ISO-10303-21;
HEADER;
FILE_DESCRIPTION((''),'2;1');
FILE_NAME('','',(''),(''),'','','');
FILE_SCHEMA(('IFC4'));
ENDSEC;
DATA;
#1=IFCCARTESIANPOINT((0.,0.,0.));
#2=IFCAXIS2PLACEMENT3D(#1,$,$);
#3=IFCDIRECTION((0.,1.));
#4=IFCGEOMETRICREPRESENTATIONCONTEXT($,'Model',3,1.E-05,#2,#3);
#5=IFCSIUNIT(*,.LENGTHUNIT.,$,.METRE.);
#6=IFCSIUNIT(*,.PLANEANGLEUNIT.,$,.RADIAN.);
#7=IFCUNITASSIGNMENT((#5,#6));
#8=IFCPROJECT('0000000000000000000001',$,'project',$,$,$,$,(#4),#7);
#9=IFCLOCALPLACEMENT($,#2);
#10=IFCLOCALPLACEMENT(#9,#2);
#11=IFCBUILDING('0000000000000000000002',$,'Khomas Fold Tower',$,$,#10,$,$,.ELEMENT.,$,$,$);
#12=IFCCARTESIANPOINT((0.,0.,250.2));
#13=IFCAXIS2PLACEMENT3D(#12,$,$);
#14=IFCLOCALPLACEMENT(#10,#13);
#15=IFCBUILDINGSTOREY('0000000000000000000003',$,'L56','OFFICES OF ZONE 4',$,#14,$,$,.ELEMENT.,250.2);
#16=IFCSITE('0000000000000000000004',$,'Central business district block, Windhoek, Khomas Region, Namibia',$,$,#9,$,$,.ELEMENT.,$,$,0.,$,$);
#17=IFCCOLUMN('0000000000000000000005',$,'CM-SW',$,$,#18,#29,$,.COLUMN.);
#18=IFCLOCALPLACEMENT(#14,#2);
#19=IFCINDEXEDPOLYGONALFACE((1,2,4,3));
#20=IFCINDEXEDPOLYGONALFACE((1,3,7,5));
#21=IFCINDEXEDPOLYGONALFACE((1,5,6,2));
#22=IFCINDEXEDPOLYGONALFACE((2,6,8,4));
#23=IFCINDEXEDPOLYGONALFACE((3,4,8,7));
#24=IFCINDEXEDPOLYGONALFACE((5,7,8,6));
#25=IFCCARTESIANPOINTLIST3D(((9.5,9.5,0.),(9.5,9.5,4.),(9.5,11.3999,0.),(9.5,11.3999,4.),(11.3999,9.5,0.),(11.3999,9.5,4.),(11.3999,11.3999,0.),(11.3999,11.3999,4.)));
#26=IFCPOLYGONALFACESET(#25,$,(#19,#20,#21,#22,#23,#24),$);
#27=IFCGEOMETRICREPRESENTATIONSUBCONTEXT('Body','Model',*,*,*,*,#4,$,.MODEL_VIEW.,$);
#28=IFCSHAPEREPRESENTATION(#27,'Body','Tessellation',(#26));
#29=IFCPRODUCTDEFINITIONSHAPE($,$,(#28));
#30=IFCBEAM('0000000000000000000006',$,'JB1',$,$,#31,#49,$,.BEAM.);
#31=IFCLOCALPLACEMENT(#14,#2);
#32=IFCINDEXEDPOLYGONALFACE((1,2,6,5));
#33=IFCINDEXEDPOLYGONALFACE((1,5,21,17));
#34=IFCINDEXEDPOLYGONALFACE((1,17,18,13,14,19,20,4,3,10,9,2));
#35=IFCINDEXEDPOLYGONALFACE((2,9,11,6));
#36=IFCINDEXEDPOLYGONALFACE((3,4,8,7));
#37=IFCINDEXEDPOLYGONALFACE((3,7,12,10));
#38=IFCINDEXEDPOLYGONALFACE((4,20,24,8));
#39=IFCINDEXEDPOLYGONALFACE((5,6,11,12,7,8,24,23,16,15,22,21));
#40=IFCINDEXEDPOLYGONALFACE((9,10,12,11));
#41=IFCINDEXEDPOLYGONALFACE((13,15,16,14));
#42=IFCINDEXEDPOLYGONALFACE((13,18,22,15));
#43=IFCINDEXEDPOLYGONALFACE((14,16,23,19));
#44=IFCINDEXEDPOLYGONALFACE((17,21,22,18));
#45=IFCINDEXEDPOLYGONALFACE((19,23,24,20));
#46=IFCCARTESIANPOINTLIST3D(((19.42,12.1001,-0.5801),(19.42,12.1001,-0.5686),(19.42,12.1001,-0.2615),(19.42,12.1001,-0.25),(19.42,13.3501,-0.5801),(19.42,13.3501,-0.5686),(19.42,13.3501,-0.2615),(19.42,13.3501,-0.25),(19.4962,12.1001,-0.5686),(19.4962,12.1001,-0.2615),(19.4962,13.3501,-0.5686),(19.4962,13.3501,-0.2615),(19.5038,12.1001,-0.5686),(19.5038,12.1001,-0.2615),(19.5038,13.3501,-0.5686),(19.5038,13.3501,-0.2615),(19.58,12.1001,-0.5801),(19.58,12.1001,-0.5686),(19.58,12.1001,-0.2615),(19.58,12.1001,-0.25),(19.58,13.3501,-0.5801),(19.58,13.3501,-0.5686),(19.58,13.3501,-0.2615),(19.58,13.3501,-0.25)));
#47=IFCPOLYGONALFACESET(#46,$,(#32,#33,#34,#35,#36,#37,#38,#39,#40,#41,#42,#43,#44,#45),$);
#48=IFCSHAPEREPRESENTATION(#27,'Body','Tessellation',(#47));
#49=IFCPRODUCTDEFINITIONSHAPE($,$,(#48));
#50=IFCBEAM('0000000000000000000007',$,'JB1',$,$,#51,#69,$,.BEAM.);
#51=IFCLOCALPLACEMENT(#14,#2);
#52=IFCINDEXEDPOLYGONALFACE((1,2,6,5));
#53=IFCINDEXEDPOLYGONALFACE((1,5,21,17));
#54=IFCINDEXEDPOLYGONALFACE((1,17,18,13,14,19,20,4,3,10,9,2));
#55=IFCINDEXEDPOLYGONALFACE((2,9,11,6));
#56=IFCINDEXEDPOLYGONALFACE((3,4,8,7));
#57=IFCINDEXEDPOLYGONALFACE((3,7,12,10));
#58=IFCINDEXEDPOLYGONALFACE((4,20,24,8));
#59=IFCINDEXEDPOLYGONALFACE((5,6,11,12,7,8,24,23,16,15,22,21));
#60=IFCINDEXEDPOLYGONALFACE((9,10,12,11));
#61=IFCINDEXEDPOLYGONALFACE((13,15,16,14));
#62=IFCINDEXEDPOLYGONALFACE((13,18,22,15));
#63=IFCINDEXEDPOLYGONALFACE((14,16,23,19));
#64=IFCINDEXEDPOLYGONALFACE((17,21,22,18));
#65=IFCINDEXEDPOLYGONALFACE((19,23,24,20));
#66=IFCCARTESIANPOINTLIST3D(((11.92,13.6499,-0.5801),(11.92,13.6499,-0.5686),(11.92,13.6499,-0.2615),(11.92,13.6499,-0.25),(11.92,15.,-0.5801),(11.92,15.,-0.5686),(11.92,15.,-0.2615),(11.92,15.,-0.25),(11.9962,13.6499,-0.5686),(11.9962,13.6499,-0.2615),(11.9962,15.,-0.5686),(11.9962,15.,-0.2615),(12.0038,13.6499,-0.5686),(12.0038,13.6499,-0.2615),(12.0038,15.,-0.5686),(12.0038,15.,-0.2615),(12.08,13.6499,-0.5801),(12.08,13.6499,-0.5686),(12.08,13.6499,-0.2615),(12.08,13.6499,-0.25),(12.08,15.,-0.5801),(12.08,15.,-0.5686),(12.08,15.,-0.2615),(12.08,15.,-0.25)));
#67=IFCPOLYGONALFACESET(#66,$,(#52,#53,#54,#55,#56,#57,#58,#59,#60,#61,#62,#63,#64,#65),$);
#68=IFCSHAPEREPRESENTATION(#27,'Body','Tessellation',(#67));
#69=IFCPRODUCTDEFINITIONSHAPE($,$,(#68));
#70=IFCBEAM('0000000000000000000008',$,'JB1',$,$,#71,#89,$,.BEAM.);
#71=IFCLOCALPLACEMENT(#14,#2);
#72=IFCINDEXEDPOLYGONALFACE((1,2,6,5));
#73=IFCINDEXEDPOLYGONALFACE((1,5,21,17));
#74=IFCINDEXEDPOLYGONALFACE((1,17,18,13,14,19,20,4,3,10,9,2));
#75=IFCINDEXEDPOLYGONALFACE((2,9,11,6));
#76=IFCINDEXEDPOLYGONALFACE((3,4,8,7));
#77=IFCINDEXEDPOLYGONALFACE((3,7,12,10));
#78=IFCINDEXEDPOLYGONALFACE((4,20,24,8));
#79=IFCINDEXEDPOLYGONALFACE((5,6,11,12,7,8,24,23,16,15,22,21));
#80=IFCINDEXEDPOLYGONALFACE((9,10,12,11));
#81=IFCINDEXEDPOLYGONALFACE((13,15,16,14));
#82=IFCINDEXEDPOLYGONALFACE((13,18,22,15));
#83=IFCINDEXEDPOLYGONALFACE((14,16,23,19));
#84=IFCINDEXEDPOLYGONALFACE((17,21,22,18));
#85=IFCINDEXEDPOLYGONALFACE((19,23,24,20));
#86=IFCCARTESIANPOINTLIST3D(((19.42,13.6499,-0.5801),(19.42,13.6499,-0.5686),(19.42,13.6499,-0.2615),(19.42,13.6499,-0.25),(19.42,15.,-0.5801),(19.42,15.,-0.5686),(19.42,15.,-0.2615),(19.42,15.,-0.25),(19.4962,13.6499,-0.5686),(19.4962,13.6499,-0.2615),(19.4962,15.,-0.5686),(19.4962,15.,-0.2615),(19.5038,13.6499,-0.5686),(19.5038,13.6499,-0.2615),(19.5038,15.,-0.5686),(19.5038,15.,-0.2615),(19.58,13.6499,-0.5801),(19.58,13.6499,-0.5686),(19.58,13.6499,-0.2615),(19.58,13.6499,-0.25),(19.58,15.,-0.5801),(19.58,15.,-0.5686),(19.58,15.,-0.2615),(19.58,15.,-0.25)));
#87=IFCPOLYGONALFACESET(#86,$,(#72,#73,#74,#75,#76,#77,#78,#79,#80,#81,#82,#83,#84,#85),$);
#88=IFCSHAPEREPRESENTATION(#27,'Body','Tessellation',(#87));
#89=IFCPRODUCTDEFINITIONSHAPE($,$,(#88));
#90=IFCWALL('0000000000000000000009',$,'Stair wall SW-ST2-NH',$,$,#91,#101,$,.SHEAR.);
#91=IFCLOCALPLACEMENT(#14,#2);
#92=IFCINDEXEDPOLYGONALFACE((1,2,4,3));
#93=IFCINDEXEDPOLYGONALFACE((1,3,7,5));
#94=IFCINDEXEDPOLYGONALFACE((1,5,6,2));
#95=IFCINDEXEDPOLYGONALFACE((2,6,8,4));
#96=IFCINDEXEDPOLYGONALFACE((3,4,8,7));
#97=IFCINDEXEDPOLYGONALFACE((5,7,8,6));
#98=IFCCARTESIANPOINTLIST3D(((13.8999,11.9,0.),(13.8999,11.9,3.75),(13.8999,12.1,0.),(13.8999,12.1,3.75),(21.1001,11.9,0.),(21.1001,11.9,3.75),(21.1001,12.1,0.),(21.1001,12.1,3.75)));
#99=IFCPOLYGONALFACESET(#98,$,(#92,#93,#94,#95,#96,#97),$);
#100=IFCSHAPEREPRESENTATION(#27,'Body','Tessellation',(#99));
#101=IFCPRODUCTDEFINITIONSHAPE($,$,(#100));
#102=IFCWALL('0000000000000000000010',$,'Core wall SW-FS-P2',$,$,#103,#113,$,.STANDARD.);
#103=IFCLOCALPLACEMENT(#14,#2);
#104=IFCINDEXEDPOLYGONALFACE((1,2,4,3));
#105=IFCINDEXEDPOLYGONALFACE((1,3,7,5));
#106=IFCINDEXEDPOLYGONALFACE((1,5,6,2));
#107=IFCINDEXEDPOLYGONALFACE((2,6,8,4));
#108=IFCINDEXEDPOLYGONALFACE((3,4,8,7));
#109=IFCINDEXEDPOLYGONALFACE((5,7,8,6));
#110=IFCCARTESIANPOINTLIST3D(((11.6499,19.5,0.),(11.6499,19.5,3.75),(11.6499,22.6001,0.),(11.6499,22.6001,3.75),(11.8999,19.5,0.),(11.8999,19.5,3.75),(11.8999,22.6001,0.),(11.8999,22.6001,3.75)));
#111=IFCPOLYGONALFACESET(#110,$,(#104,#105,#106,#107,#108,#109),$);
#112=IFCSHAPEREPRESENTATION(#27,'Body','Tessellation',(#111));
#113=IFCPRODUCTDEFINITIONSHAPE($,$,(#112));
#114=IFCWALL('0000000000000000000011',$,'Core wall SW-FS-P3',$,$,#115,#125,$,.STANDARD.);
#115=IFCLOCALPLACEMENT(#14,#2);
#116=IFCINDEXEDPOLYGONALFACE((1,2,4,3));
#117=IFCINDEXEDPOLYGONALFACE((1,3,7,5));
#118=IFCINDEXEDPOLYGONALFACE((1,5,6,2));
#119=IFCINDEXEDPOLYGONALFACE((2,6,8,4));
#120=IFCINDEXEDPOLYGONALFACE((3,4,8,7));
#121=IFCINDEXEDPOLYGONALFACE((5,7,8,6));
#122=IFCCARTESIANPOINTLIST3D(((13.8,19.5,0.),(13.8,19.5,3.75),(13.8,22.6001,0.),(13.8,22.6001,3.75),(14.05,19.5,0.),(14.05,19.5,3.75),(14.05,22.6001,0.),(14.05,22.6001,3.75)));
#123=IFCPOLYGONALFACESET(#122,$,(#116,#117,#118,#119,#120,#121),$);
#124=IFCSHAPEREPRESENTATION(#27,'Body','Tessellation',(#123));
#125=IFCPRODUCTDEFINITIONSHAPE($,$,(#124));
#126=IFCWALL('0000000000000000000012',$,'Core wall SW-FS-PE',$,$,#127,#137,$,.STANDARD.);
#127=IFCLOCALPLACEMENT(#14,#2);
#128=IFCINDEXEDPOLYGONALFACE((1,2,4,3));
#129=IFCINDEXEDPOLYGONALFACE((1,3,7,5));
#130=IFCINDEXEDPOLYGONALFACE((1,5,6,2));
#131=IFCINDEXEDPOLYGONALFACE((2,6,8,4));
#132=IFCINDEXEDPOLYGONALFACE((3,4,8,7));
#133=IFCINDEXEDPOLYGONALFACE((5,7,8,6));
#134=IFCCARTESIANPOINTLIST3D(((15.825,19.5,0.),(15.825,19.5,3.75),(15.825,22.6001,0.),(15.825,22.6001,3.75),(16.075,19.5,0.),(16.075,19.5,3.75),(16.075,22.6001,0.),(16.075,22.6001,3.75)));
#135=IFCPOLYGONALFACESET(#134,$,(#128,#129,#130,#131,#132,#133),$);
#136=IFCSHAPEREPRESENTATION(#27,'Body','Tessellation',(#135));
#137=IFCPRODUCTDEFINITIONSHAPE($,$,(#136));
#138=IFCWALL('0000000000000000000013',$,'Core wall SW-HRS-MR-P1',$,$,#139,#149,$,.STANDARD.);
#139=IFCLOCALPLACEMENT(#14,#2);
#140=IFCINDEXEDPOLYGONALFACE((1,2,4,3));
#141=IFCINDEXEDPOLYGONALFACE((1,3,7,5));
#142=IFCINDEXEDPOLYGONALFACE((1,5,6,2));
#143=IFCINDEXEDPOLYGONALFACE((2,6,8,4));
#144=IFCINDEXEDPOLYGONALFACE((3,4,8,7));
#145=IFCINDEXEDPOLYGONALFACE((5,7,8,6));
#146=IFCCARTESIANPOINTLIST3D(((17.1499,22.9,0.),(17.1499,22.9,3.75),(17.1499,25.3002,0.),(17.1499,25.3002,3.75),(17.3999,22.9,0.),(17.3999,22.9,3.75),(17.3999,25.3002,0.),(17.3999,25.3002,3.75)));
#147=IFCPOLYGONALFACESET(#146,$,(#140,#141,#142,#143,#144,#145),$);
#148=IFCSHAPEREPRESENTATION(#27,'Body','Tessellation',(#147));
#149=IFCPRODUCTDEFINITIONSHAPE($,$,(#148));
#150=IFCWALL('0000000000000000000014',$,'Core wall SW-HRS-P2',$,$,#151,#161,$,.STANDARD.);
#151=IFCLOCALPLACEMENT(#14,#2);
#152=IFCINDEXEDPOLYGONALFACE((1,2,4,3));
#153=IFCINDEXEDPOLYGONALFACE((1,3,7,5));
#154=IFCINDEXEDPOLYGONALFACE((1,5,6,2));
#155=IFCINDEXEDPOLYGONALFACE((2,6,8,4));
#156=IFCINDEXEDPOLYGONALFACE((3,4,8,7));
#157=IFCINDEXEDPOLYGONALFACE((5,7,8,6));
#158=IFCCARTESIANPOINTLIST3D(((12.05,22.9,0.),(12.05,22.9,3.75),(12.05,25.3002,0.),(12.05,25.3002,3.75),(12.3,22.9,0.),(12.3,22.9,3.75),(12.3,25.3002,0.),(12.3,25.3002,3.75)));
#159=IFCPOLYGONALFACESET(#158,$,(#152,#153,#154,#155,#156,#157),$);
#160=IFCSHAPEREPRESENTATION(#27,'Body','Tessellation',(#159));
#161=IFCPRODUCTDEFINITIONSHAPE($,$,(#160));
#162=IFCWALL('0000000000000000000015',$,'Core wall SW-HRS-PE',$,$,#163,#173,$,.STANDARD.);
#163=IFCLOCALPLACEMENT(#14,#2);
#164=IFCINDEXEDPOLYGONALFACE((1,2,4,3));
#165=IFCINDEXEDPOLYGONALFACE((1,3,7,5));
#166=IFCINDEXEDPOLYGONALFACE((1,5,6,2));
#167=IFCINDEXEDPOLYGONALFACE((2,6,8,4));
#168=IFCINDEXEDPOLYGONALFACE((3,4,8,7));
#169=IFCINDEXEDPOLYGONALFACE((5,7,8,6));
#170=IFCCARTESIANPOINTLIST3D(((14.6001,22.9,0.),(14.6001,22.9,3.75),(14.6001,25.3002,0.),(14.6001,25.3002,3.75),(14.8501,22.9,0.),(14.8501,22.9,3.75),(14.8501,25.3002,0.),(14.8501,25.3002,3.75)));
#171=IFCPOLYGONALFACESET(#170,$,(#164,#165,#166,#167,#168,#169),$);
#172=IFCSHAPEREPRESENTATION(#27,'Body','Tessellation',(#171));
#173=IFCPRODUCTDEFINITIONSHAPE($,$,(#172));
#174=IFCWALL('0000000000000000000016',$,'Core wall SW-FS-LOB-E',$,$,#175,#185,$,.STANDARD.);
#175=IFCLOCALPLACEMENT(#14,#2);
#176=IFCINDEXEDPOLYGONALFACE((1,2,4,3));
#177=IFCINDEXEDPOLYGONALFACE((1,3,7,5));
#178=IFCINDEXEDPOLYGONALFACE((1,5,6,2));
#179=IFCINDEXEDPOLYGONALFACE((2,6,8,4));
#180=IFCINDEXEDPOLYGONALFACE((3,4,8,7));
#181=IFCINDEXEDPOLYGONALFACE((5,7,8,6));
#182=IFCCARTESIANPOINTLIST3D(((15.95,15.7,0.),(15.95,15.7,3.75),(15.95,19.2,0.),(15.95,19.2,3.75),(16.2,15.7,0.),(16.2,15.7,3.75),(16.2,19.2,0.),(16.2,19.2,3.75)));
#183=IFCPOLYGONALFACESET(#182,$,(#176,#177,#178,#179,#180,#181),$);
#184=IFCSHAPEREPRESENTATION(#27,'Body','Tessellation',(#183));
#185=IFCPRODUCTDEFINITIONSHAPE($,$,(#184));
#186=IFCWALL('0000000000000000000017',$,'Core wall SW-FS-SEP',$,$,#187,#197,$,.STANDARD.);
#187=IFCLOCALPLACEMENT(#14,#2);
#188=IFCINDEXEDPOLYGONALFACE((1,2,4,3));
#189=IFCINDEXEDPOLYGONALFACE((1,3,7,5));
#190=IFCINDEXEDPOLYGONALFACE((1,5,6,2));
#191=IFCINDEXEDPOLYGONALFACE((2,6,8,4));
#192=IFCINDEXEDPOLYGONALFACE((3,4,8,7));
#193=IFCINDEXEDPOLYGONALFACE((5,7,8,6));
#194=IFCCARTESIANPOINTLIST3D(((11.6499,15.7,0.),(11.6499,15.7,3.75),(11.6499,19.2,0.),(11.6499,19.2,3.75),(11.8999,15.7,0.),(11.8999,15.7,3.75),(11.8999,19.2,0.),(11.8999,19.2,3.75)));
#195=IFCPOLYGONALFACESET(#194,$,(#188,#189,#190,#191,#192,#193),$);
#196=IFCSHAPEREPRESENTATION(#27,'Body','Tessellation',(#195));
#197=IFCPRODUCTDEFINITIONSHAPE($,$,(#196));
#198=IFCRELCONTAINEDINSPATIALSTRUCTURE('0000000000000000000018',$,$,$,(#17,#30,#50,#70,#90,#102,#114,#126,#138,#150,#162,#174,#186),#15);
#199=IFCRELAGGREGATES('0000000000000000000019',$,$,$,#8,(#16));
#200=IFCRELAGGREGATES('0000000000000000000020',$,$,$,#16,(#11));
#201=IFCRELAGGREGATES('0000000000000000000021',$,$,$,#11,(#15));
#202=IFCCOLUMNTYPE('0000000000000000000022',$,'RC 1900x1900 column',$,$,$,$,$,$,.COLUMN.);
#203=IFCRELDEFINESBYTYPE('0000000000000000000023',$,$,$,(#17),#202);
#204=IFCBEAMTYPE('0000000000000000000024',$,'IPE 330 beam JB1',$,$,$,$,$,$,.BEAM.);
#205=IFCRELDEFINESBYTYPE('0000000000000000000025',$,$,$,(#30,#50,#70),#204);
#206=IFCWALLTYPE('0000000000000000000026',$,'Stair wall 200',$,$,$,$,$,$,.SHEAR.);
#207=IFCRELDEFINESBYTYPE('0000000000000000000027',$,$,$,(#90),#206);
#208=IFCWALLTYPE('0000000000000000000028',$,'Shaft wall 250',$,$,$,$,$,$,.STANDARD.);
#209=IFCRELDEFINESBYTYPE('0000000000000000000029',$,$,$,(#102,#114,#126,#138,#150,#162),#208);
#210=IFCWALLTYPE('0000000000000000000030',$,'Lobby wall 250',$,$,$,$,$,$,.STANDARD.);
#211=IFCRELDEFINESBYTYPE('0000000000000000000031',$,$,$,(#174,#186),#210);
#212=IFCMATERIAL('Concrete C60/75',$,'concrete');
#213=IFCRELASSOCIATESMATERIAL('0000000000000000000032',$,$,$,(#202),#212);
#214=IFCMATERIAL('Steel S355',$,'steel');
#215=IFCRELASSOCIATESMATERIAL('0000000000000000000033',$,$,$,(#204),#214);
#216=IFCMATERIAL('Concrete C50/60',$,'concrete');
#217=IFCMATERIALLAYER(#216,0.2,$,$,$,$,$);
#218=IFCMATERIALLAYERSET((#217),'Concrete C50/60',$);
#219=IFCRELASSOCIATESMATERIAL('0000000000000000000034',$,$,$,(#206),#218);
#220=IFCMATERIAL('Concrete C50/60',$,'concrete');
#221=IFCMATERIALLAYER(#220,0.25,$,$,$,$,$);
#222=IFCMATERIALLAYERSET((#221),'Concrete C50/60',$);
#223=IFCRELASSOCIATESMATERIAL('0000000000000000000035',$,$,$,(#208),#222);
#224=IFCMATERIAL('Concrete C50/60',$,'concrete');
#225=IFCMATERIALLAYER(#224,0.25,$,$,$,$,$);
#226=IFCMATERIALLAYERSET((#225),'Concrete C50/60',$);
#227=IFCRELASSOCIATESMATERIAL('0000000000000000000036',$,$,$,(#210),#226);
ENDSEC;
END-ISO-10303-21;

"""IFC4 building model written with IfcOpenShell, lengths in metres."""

from ifc_helpers import new_model, si_unit, direction, frame, frame_2d, origin, origin_2d, place, context, subcontext, project, spatial, rectangle, i_section, extrude, source, transform, mapped, material, layer, layer_set, material_profile, profile_set, type_object, element, save


model = new_model("IFC4")

# Units and contexts
model_context = context("Model", 3, precision=1e-05, world=origin(), true_north=direction((0.0, 1.0)))
body_context = subcontext(model_context, "Body", "Model", "MODEL_VIEW")
ifc_project = project(units=[si_unit("LENGTHUNIT", "METRE"), si_unit("PLANEANGLEUNIT", "RADIAN")], contexts=[model_context])

# Site, building, storey
site_placement = place(None, origin())
site = spatial("IfcSite", under=ifc_project, at=site_placement, Name="Central business district block, Windhoek, Khomas Region, Namibia", CompositionType="ELEMENT", RefElevation=0.0)
building_placement = place(site_placement, origin())
building = spatial("IfcBuilding", under=site, at=building_placement, Name="Khomas Fold Tower", CompositionType="ELEMENT")
storey_placement = place(building_placement, frame((0.0, 0.0, 250.2)))
storey = spatial("IfcBuildingStorey", under=building, at=storey_placement, Name="L56", Description="OFFICES OF ZONE 4", CompositionType="ELEMENT", Elevation=250.2)

# Column
ifc_material_1 = material(Name="Concrete C60/75", Category="concrete")
ifc_material_profile_1 = material_profile(ifc_material_1, rectangle(XDim=1.8999, YDim=1.8999, at=origin_2d()), Name="RC 1900x1900")
ifc_profile_set_1 = profile_set([ifc_material_profile_1], Name="Concrete C60/75")
column_type = type_object("IfcColumnType", Name="RC 1900x1900 column", PredefinedType="COLUMN", material=ifc_profile_set_1)
shared_shape_1 = source(origin(), body_context, "Body", "SweptSolid", [
    extrude(rectangle(XDim=1.8999, YDim=1.8999, at=origin_2d()), origin(), (0.0, 0.0, 1.0), 4.0),
])
column_placement = place(storey_placement, frame((10.45, 10.45, 0.0), z_axis=(0.0, 0.0, 1.0), x_axis=(1.0, 0.0, 0.0)))
element("IfcColumn", 1, at=column_placement, inside=storey, type_object=column_type, Name="CM-SW", PredefinedType="COLUMN", context=body_context, shape_type="MappedRepresentation", body=[
    mapped(shared_shape_1, transform((0.0, 0.0, 0.0))),
])

# Beams
ifc_material_2 = material(Name="Steel S355", Category="steel")
ifc_material_profile_2 = material_profile(ifc_material_2, i_section(OverallWidth=0.1599, OverallDepth=0.3301, WebThickness=0.0076, FlangeThickness=0.0115, at=origin_2d()), Name="IPE 330")
ifc_profile_set_2 = profile_set([ifc_material_profile_2], Name="Steel S355")
beam_type = type_object("IfcBeamType", Name="IPE 330 beam JB1", PredefinedType="BEAM", material=ifc_profile_set_2)
shared_shape_2 = source(origin(), body_context, "Body", "SweptSolid", [
    extrude(i_section(OverallWidth=0.1599, OverallDepth=0.3301, WebThickness=0.0076, FlangeThickness=0.0115, at=origin_2d()), origin(), (0.0, 0.0, 1.0), 1.25),
])
beam_placement = place(storey_placement, frame((19.5, 12.1001, -0.415), z_axis=(0.0, 1.0, 0.0), x_axis=(-1.0, 0.0, 0.0)))
element("IfcBeam", 2, at=beam_placement, inside=storey, type_object=beam_type, Name="JB1", PredefinedType="BEAM", context=body_context, shape_type="MappedRepresentation", body=[
    mapped(shared_shape_2, transform((0.0, 0.0, 0.0))),
])
shared_shape_3 = source(origin(), body_context, "Body", "SweptSolid", [
    extrude(i_section(OverallWidth=0.1599, OverallDepth=0.3301, WebThickness=0.0076, FlangeThickness=0.0115, at=origin_2d()), origin(), (0.0, 0.0, 1.0), 1.3501),
])
for number, where, z_axis, x_axis, name in (
    (3, (12.0, 13.6499, -0.415), (0.0, 1.0, 0.0), (-1.0, 0.0, 0.0), "JB1"),
    (4, (19.5, 13.6499, -0.415), (0.0, 1.0, 0.0), (-1.0, 0.0, 0.0), "JB1"),
):
    element("IfcBeam", number, at=place(storey_placement, frame(where, z_axis=z_axis, x_axis=x_axis)), inside=storey, type_object=beam_type, Name=name, PredefinedType="BEAM", context=body_context, shape_type="MappedRepresentation", body=[
        mapped(shared_shape_3, transform((0.0, 0.0, 0.0))),
    ])

# Walls
ifc_material_3 = material(Name="Concrete C50/60", Category="concrete")
ifc_layer_1 = layer(ifc_material_3, 0.2)
ifc_layer_set_1 = layer_set([ifc_layer_1], Name="Concrete C50/60")
wall_type_1 = type_object("IfcWallType", Name="Stair wall 200", PredefinedType="SHEAR", material=ifc_layer_set_1)
shared_shape_4 = source(origin(), body_context, "Body", "SweptSolid", [
    extrude(rectangle(XDim=7.2002, YDim=0.2, at=frame_2d((3.6001, 0.0))), origin(), (0.0, 0.0, 1.0), 3.75),
])
wall_1_placement = place(storey_placement, frame((13.8999, 12.0, 0.0), z_axis=(0.0, 0.0, 1.0), x_axis=(1.0, 0.0, 0.0)))
element("IfcWall", 5, at=wall_1_placement, inside=storey, type_object=wall_type_1, Name="Stair wall SW-ST2-NH", PredefinedType="SHEAR", context=body_context, shape_type="MappedRepresentation", body=[
    mapped(shared_shape_4, transform((0.0, 0.0, 0.0))),
])
ifc_material_4 = material(Name="Concrete C50/60", Category="concrete")
ifc_layer_2 = layer(ifc_material_4, 0.25)
ifc_layer_set_2 = layer_set([ifc_layer_2], Name="Concrete C50/60")
wall_type_2 = type_object("IfcWallType", Name="Shaft wall 250", PredefinedType="STANDARD", material=ifc_layer_set_2)
shared_shape_5 = source(origin(), body_context, "Body", "SweptSolid", [
    extrude(rectangle(XDim=3.1001, YDim=0.25, at=frame_2d((1.55, 0.0))), origin(), (0.0, 0.0, 1.0), 3.75),
])
for number, where, z_axis, x_axis, name in (
    (6, (11.7749, 19.5, 0.0), (0.0, 0.0, 1.0), (0.0, 1.0, 0.0), "Core wall SW-FS-P2"),
    (7, (13.925, 19.5, 0.0), (0.0, 0.0, 1.0), (0.0, 1.0, 0.0), "Core wall SW-FS-P3"),
    (8, (15.95, 19.5, 0.0), (0.0, 0.0, 1.0), (0.0, 1.0, 0.0), "Core wall SW-FS-PE"),
):
    element("IfcWall", number, at=place(storey_placement, frame(where, z_axis=z_axis, x_axis=x_axis)), inside=storey, type_object=wall_type_2, Name=name, PredefinedType="STANDARD", context=body_context, shape_type="MappedRepresentation", body=[
        mapped(shared_shape_5, transform((0.0, 0.0, 0.0))),
    ])
shared_shape_6 = source(origin(), body_context, "Body", "SweptSolid", [
    extrude(rectangle(XDim=2.4001, YDim=0.25, at=frame_2d((1.2002, 0.0))), origin(), (0.0, 0.0, 1.0), 3.75),
])
for number, where, z_axis, x_axis, name in (
    (9, (17.2749, 22.8999, 0.0), (0.0, 0.0, 1.0), (0.0, 1.0, 0.0), "Core wall SW-HRS-MR-P1"),
    (10, (12.175, 22.8999, 0.0), (0.0, 0.0, 1.0), (0.0, 1.0, 0.0), "Core wall SW-HRS-P2"),
    (11, (14.7251, 22.8999, 0.0), (0.0, 0.0, 1.0), (0.0, 1.0, 0.0), "Core wall SW-HRS-PE"),
):
    element("IfcWall", number, at=place(storey_placement, frame(where, z_axis=z_axis, x_axis=x_axis)), inside=storey, type_object=wall_type_2, Name=name, PredefinedType="STANDARD", context=body_context, shape_type="MappedRepresentation", body=[
        mapped(shared_shape_6, transform((0.0, 0.0, 0.0))),
    ])
ifc_material_5 = material(Name="Concrete C50/60", Category="concrete")
ifc_layer_3 = layer(ifc_material_5, 0.25)
ifc_layer_set_3 = layer_set([ifc_layer_3], Name="Concrete C50/60")
wall_type_3 = type_object("IfcWallType", Name="Lobby wall 250", PredefinedType="STANDARD", material=ifc_layer_set_3)
shared_shape_7 = source(origin(), body_context, "Body", "SweptSolid", [
    extrude(rectangle(XDim=3.5, YDim=0.25, at=frame_2d((1.75, 0.0))), origin(), (0.0, 0.0, 1.0), 3.75),
])
for number, where, z_axis, x_axis, name in (
    (12, (16.075, 15.7, 0.0), (0.0, 0.0, 1.0), (0.0, 1.0, 0.0), "Core wall SW-FS-LOB-E"),
    (13, (11.7749, 15.7, 0.0), (0.0, 0.0, 1.0), (0.0, 1.0, 0.0), "Core wall SW-FS-SEP"),
):
    element("IfcWall", number, at=place(storey_placement, frame(where, z_axis=z_axis, x_axis=x_axis)), inside=storey, type_object=wall_type_3, Name=name, PredefinedType="STANDARD", context=body_context, shape_type="MappedRepresentation", body=[
        mapped(shared_shape_7, transform((0.0, 0.0, 0.0))),
    ])

save(model, "model.ifc")
